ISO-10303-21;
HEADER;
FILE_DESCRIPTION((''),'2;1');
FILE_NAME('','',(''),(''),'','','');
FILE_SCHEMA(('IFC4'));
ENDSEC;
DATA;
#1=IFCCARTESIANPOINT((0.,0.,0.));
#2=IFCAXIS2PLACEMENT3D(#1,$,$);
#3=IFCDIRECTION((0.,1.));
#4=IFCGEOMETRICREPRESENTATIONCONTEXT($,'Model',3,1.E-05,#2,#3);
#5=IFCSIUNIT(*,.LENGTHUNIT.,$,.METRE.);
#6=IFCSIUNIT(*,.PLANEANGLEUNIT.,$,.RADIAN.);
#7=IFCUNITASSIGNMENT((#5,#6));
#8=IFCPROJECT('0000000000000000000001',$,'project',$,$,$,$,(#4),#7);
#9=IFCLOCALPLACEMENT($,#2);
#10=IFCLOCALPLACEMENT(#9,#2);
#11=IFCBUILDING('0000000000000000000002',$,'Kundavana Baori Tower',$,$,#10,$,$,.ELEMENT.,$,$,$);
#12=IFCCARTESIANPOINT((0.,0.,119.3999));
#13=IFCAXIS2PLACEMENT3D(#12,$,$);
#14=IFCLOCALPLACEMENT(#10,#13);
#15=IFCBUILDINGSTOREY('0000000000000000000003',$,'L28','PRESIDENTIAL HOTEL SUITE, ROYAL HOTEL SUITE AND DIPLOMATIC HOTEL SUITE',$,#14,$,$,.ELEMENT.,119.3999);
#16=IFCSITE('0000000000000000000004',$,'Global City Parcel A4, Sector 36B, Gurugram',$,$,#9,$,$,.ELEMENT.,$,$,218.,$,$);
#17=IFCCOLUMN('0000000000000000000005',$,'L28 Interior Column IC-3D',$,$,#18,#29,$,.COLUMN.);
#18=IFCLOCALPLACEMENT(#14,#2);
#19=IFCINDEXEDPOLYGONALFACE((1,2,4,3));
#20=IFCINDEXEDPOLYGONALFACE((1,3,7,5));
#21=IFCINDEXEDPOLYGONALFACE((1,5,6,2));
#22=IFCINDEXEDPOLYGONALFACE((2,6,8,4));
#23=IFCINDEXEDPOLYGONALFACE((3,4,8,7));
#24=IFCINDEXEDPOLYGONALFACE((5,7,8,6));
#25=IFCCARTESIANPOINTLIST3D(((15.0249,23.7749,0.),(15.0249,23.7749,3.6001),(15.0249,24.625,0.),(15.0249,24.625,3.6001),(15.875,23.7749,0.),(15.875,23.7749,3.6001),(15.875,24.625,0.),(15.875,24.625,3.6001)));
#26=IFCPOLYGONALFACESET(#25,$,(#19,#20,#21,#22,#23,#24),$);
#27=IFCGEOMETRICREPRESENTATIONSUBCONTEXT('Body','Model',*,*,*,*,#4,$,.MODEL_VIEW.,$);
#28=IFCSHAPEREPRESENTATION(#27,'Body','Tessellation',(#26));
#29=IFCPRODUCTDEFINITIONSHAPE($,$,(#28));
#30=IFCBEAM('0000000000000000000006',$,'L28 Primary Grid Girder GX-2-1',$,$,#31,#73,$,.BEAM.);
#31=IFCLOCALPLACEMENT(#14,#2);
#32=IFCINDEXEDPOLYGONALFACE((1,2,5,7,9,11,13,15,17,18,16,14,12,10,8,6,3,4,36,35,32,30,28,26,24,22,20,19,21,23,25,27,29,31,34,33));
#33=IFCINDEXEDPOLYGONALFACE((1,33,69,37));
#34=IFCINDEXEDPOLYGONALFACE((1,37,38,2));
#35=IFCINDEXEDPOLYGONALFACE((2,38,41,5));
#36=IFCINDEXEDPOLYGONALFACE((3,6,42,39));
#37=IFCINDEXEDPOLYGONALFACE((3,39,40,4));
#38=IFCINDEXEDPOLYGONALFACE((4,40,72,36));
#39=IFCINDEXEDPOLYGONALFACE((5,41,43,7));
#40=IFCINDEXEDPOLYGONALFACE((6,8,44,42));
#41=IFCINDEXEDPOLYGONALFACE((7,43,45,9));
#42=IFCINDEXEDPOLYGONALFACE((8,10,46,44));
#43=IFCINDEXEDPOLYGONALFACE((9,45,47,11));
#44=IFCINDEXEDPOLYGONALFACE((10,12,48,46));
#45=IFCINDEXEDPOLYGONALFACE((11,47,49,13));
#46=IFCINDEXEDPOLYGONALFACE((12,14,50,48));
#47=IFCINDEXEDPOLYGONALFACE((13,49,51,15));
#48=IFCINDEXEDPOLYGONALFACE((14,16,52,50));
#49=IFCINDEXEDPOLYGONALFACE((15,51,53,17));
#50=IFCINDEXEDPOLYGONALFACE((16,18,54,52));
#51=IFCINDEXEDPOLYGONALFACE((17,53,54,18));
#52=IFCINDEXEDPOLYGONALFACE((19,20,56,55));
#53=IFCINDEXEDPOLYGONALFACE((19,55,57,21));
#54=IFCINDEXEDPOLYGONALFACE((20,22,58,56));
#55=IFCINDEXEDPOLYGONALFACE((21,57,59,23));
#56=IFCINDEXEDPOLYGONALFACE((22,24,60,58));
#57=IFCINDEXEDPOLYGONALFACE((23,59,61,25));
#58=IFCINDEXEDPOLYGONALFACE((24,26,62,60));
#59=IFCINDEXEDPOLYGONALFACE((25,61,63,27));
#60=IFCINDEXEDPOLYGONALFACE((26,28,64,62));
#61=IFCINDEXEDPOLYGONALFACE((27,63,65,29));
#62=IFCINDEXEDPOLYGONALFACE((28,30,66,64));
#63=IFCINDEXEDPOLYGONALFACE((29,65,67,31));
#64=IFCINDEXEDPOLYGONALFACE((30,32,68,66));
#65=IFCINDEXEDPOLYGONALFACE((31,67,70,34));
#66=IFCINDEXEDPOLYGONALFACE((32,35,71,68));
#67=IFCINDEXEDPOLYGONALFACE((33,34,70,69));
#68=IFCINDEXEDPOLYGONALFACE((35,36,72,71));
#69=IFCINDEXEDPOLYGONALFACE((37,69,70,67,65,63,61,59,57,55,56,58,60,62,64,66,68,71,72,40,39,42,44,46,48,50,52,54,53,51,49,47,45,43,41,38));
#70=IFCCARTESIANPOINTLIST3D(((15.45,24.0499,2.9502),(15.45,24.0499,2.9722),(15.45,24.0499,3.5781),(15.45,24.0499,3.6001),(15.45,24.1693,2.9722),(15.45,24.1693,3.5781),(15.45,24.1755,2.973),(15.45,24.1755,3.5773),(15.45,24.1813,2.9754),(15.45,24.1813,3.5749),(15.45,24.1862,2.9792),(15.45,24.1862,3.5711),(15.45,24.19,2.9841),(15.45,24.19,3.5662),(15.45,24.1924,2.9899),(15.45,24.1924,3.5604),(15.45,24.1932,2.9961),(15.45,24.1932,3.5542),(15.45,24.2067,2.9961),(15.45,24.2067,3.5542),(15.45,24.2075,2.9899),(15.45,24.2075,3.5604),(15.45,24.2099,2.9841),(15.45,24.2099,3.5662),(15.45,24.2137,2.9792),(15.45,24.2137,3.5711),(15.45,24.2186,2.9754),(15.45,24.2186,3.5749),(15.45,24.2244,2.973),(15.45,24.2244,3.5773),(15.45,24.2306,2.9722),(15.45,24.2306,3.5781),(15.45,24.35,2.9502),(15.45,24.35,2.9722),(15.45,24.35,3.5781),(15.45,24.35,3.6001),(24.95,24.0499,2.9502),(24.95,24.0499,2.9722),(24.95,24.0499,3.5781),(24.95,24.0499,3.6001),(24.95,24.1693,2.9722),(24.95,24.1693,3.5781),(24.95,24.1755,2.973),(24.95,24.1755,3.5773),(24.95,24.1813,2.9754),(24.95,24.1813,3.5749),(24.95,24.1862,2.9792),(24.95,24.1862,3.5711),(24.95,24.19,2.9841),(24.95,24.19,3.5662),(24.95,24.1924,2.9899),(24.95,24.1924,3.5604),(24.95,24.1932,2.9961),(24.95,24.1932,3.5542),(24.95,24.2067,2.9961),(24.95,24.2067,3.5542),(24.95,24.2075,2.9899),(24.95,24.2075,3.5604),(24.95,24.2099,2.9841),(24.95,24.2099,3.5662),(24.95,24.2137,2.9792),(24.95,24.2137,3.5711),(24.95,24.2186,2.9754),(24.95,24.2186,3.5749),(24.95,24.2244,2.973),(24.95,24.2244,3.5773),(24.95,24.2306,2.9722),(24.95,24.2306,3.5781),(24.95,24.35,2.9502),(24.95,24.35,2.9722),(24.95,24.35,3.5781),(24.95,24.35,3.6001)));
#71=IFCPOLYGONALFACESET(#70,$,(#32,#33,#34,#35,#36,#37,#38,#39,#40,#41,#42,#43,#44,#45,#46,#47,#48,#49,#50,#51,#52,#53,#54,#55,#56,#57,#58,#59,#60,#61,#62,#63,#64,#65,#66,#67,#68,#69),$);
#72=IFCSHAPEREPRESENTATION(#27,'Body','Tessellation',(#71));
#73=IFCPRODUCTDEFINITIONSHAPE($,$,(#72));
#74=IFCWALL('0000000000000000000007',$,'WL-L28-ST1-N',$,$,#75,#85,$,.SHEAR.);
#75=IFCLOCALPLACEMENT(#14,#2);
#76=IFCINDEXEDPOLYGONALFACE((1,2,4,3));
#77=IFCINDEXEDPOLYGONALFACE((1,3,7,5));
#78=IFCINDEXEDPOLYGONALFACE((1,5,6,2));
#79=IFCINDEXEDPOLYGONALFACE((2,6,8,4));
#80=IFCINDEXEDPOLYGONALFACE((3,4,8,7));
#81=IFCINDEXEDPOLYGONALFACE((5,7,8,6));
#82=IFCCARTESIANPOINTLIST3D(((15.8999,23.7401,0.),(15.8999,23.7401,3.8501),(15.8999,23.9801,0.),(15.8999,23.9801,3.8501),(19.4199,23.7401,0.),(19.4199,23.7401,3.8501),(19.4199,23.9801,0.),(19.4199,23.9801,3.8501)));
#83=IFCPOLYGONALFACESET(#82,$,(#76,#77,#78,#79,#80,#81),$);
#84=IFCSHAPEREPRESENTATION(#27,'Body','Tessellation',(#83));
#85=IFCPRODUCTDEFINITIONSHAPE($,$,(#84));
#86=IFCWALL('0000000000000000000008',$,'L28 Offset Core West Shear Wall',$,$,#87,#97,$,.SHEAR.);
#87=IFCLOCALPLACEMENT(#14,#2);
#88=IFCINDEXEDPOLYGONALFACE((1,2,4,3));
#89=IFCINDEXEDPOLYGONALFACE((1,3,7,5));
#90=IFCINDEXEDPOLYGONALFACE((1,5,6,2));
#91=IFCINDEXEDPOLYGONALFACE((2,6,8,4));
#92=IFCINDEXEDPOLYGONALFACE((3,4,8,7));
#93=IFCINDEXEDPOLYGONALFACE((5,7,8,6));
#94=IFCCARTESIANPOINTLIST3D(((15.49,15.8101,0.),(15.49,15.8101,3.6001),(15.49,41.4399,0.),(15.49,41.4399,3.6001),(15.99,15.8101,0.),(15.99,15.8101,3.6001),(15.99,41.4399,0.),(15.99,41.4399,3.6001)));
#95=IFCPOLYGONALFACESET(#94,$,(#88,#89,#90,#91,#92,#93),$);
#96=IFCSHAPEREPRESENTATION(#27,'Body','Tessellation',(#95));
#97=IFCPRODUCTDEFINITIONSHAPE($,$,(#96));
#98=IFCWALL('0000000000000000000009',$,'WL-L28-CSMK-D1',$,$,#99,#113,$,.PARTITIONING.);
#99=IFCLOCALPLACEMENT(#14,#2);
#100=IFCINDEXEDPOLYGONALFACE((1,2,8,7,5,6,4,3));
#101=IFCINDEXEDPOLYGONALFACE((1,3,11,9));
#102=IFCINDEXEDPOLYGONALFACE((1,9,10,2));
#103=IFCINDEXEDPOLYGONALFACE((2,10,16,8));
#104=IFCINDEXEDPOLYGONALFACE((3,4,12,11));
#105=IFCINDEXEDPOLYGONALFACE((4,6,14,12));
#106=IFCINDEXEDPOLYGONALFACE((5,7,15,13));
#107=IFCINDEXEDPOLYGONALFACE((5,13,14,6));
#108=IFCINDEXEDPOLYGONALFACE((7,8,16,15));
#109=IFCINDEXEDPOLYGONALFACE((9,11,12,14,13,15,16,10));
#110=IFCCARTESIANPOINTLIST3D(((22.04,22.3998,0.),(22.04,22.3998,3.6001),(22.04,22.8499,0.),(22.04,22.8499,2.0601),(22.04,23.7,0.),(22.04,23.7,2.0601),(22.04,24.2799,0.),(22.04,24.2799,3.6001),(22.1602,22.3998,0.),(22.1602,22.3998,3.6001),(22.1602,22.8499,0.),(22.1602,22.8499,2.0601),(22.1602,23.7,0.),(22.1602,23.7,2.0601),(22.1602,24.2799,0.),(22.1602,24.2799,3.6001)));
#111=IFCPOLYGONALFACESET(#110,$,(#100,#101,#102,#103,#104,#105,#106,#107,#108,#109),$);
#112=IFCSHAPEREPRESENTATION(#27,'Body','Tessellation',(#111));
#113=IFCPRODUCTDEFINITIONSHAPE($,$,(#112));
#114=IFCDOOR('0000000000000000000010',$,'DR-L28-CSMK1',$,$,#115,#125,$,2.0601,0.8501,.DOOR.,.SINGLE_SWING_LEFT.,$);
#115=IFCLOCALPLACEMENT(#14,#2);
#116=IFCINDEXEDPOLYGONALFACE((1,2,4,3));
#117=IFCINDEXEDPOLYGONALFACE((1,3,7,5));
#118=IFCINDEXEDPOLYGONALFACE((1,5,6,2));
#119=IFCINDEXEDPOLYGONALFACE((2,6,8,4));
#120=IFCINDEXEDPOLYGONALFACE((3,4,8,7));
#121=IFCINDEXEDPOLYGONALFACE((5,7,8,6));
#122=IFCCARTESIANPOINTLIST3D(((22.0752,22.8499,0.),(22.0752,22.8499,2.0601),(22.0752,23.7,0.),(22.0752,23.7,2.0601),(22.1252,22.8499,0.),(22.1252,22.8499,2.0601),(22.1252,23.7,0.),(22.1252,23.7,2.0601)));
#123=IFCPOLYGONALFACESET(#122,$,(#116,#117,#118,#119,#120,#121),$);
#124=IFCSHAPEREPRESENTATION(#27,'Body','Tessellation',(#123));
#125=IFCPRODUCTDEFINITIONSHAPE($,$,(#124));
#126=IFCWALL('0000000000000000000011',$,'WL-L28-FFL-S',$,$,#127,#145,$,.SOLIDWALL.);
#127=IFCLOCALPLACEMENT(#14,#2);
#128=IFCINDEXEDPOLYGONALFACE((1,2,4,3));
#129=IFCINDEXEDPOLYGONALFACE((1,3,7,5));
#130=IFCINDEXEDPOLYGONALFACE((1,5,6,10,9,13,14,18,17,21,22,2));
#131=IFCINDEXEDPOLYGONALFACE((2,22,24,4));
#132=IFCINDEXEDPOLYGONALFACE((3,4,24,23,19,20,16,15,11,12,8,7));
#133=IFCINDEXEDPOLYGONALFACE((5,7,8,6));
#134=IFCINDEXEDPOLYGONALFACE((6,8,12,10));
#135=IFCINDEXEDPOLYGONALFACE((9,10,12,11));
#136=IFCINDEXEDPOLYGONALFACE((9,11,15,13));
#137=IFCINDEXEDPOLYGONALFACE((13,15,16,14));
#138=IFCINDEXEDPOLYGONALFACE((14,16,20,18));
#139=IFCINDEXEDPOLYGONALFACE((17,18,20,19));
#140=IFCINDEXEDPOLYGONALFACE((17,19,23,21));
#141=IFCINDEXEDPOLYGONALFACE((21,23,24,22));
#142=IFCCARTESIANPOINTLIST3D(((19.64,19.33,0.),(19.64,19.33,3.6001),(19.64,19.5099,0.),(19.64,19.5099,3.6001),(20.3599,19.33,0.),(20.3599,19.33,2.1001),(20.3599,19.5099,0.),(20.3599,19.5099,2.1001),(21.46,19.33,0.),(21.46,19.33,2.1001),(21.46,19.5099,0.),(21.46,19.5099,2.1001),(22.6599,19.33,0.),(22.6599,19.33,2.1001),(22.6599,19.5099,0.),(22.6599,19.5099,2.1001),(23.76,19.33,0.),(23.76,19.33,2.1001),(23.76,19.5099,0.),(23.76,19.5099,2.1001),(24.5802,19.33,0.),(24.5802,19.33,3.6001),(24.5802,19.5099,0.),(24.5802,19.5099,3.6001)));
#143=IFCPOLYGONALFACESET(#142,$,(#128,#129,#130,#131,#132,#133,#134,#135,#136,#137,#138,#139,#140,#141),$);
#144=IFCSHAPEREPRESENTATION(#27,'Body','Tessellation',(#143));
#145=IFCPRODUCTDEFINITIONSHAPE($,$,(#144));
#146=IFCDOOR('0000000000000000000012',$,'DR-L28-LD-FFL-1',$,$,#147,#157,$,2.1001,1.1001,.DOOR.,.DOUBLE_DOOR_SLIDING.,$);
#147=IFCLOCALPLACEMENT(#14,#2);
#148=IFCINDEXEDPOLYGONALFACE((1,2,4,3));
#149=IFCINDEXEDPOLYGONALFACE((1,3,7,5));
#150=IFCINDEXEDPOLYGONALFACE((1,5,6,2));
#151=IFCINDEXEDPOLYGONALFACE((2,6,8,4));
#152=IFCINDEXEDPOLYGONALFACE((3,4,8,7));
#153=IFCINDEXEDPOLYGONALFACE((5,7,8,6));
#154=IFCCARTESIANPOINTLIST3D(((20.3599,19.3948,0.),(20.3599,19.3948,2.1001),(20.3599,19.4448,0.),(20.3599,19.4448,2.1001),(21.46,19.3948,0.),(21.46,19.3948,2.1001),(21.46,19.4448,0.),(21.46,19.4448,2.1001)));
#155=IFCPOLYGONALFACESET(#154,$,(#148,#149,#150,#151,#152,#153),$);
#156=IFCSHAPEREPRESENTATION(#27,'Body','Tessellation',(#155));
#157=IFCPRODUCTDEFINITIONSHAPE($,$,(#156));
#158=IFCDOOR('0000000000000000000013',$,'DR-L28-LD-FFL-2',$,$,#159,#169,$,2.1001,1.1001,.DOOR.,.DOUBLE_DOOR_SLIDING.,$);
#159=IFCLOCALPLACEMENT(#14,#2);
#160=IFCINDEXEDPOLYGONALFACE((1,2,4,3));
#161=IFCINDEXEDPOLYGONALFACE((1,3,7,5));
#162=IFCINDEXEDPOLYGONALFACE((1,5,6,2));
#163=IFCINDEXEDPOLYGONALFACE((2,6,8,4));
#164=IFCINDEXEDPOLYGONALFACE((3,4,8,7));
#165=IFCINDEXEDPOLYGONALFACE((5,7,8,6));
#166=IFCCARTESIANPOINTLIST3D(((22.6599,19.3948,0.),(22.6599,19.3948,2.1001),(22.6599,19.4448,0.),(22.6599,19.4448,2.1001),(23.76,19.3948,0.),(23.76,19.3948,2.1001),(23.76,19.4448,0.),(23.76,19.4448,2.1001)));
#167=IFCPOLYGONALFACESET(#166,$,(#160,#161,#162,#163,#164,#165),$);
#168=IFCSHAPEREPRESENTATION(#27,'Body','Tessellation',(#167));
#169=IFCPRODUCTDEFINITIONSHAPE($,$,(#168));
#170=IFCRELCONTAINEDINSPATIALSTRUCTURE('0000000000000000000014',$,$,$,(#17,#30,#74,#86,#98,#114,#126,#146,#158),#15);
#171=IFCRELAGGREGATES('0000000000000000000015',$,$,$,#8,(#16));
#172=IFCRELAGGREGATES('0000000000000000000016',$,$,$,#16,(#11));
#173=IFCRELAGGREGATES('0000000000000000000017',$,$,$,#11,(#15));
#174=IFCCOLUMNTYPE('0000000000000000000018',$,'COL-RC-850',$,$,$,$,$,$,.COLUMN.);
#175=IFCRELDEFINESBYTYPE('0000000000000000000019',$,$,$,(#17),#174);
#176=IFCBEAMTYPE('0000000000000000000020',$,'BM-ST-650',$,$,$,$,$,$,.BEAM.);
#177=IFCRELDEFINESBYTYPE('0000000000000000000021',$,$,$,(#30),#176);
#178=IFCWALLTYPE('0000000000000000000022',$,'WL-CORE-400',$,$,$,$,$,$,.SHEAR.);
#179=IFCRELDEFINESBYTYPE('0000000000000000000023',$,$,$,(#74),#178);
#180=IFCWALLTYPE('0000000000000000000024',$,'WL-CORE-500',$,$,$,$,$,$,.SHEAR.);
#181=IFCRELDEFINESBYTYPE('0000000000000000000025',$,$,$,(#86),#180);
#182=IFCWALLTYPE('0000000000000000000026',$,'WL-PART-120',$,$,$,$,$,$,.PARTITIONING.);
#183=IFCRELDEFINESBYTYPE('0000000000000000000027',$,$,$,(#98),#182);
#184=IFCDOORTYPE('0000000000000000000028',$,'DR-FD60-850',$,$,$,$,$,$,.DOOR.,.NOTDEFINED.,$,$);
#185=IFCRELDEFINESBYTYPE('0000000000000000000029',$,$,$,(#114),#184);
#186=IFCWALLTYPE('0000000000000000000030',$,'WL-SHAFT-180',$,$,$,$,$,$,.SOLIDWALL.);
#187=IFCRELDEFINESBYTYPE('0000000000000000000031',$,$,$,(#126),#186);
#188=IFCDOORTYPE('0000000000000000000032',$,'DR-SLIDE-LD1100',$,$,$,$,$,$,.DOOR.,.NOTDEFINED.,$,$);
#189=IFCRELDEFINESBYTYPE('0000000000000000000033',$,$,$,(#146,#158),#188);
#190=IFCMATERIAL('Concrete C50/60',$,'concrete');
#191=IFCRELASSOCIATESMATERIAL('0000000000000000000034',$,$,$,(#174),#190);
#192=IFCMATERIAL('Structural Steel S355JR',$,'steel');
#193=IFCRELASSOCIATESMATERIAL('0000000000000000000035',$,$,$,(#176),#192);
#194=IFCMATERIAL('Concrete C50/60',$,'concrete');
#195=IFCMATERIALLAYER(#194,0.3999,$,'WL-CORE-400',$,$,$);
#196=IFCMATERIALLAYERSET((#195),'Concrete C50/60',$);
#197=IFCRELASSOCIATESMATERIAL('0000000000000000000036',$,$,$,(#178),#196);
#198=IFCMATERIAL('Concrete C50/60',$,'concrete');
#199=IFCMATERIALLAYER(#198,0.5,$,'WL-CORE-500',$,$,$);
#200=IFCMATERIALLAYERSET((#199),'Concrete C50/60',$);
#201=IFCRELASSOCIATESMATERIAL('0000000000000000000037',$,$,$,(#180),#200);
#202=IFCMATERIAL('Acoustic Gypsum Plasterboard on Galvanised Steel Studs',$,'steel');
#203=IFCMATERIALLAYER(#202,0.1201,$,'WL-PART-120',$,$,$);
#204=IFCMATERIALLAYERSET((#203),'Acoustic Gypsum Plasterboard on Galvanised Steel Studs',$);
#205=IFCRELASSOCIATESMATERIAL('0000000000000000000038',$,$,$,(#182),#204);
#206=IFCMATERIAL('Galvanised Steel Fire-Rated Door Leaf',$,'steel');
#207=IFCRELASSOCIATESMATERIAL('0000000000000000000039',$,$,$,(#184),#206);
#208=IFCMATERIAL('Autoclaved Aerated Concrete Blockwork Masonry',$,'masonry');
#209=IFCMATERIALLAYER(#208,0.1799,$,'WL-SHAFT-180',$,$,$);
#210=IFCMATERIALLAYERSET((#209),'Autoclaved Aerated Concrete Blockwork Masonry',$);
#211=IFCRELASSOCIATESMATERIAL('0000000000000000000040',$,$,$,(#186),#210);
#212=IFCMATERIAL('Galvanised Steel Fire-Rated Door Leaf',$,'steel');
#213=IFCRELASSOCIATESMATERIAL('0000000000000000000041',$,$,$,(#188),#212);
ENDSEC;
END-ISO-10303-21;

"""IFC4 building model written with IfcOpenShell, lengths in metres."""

from ifc_helpers import new_model, si_unit, direction, frame, frame_2d, origin, origin_2d, place, context, subcontext, project, spatial, rectangle, i_section, extrude, material, layer, layer_set, material_profile, profile_set, type_object, element, fill, save


model = new_model("IFC4")

# Units and contexts
model_context = context("Model", 3, precision=1e-05, world=origin(), true_north=direction((0.0, 1.0)))
body_context = subcontext(model_context, "Body", "Model", "MODEL_VIEW")
ifc_project = project(units=[si_unit("LENGTHUNIT", "METRE"), si_unit("PLANEANGLEUNIT", "RADIAN")], contexts=[model_context])

# Site, building, storey
site_placement = place(None, origin())
site = spatial("IfcSite", under=ifc_project, at=site_placement, Name="Global City Parcel A4, Sector 36B, Gurugram", CompositionType="ELEMENT", RefElevation=218.0)
building_placement = place(site_placement, origin())
building = spatial("IfcBuilding", under=site, at=building_placement, Name="Kundavana Baori Tower", CompositionType="ELEMENT")
storey_placement = place(building_placement, frame((0.0, 0.0, 119.3999)))
storey = spatial("IfcBuildingStorey", under=building, at=storey_placement, Name="L28", Description="PRESIDENTIAL HOTEL SUITE, ROYAL HOTEL SUITE AND DIPLOMATIC HOTEL SUITE", CompositionType="ELEMENT", Elevation=119.3999)

# Column
ifc_material_1 = material(Name="Concrete C50/60", Category="concrete")
ifc_material_profile_1 = material_profile(ifc_material_1, rectangle(XDim=0.8501, YDim=0.8501, at=origin_2d()), Name="RC 850x850")
ifc_profile_set_1 = profile_set([ifc_material_profile_1], Name="Concrete C50/60")
column_type = type_object("IfcColumnType", Name="COL-RC-850", PredefinedType="COLUMN", material=ifc_profile_set_1)
column_placement = place(storey_placement, frame((15.45, 24.2, 0.0), z_axis=(0.0, 0.0, 1.0), x_axis=(1.0, 0.0, 0.0)))
element("IfcColumn", 1, at=column_placement, inside=storey, type_object=column_type, Name="L28 Interior Column IC-3D", PredefinedType="COLUMN", context=body_context, shape_type="SweptSolid", body=[
    extrude(rectangle(XDim=0.8501, YDim=0.8501, at=origin_2d()), origin(), (0.0, 0.0, 1.0), 3.6001),
])

# Beam
ifc_material_2 = material(Name="Structural Steel S355JR", Category="steel")
ifc_material_profile_2 = material_profile(ifc_material_2, i_section(OverallWidth=0.3, OverallDepth=0.6499, WebThickness=0.0134, FlangeThickness=0.022, FilletRadius=0.0239, at=origin_2d()), Name="NPB 650x300x155")
ifc_profile_set_2 = profile_set([ifc_material_profile_2], Name="Structural Steel S355JR")
beam_type = type_object("IfcBeamType", Name="BM-ST-650", PredefinedType="BEAM", material=ifc_profile_set_2)
beam_placement = place(storey_placement, frame((15.45, 24.2, 3.2751), z_axis=(1.0, 0.0, 0.0), x_axis=(0.0, 1.0, 0.0)))
element("IfcBeam", 2, at=beam_placement, inside=storey, type_object=beam_type, Name="L28 Primary Grid Girder GX-2-1", PredefinedType="BEAM", context=body_context, shape_type="SweptSolid", body=[
    extrude(i_section(OverallWidth=0.3, OverallDepth=0.6499, WebThickness=0.0134, FlangeThickness=0.022, FilletRadius=0.0239, at=origin_2d()), origin(), (0.0, 0.0, 1.0), 9.5),
])

# Walls
ifc_material_3 = material(Name="Concrete C50/60", Category="concrete")
ifc_layer_1 = layer(ifc_material_3, 0.3999, Name="WL-CORE-400")
ifc_layer_set_1 = layer_set([ifc_layer_1], Name="Concrete C50/60")
wall_type_1 = type_object("IfcWallType", Name="WL-CORE-400", PredefinedType="SHEAR", material=ifc_layer_set_1)
wall_1_placement = place(storey_placement, frame((15.8999, 23.8601, 0.0), z_axis=(0.0, 0.0, 1.0), x_axis=(1.0, 0.0, 0.0)))
element("IfcWall", 3, at=wall_1_placement, inside=storey, type_object=wall_type_1, Name="WL-L28-ST1-N", PredefinedType="SHEAR", context=body_context, shape_type="SweptSolid", body=[
    extrude(rectangle(XDim=3.52, YDim=0.24, at=frame_2d((1.76, 0.0))), origin(), (0.0, 0.0, 1.0), 3.8501),
])
ifc_material_4 = material(Name="Concrete C50/60", Category="concrete")
ifc_layer_2 = layer(ifc_material_4, 0.5, Name="WL-CORE-500")
ifc_layer_set_2 = layer_set([ifc_layer_2], Name="Concrete C50/60")
wall_type_2 = type_object("IfcWallType", Name="WL-CORE-500", PredefinedType="SHEAR", material=ifc_layer_set_2)
wall_2_placement = place(storey_placement, frame((15.74, 15.8101, 0.0), z_axis=(0.0, 0.0, 1.0), x_axis=(0.0, 1.0, 0.0)))
element("IfcWall", 4, at=wall_2_placement, inside=storey, type_object=wall_type_2, Name="L28 Offset Core West Shear Wall", PredefinedType="SHEAR", context=body_context, shape_type="SweptSolid", body=[
    extrude(rectangle(XDim=25.6299, YDim=0.5, at=frame_2d((12.8149, 0.0))), origin(), (0.0, 0.0, 1.0), 3.6001),
])

# Wall, opening, door
ifc_material_5 = material(Name="Acoustic Gypsum Plasterboard on Galvanised Steel Studs", Category="steel")
ifc_layer_3 = layer(ifc_material_5, 0.1201, Name="WL-PART-120")
ifc_layer_set_3 = layer_set([ifc_layer_3], Name="Acoustic Gypsum Plasterboard on Galvanised Steel Studs")
wall_type_3 = type_object("IfcWallType", Name="WL-PART-120", PredefinedType="PARTITIONING", material=ifc_layer_set_3)
wall_3_placement = place(storey_placement, frame((22.1001, 22.3999, 0.0), z_axis=(0.0, 0.0, 1.0), x_axis=(0.0, 1.0, 0.0)))
wall_3 = element("IfcWall", 5, at=wall_3_placement, inside=storey, type_object=wall_type_3, Name="WL-L28-CSMK-D1", PredefinedType="PARTITIONING", context=body_context, shape_type="SweptSolid", body=[
    extrude(rectangle(XDim=1.8801, YDim=0.1201, at=frame_2d((0.9399, 0.0))), origin(), (0.0, 0.0, 1.0), 3.6001),
])
opening_1_placement = place(wall_3_placement, frame((0.45, 0.0, 0.0)))
opening_1 = element("IfcOpeningElement", 6, at=opening_1_placement, cuts=wall_3, PredefinedType="OPENING", context=body_context, shape_type="SweptSolid", body=[
    extrude(rectangle(XDim=0.8501, YDim=2.0601, at=frame_2d((0.425, 1.03))), frame((0.0, 0.0701, 0.0), z_axis=(0.0, -1.0, 0.0), x_axis=(1.0, 0.0, 0.0)), (0.0, 0.0, 1.0), 0.1401),
])
ifc_material_6 = material(Name="Galvanised Steel Fire-Rated Door Leaf", Category="steel")
door_type_1 = type_object("IfcDoorType", Name="DR-FD60-850", OperationType="NOTDEFINED", PredefinedType="DOOR", material=ifc_material_6)
door_1_placement = place(opening_1_placement, origin())
door_1 = element("IfcDoor", 7, at=door_1_placement, inside=storey, type_object=door_type_1, Name="DR-L28-CSMK1", OperationType="SINGLE_SWING_LEFT", OverallHeight=2.0601, OverallWidth=0.8501, PredefinedType="DOOR", context=body_context, shape_type="SweptSolid", body=[
    extrude(rectangle(XDim=0.8501, YDim=2.0601, at=frame_2d((0.425, 1.03))), frame((0.0, 0.0249, 0.0), z_axis=(0.0, -1.0, 0.0), x_axis=(1.0, 0.0, 0.0)), (0.0, 0.0, 1.0), 0.05),
])
fill(opening_1, door_1)

# Wall, openings, doors
ifc_material_7 = material(Name="Autoclaved Aerated Concrete Blockwork Masonry", Category="masonry")
ifc_layer_4 = layer(ifc_material_7, 0.1799, Name="WL-SHAFT-180")
ifc_layer_set_4 = layer_set([ifc_layer_4], Name="Autoclaved Aerated Concrete Blockwork Masonry")
wall_type_4 = type_object("IfcWallType", Name="WL-SHAFT-180", PredefinedType="SOLIDWALL", material=ifc_layer_set_4)
wall_4_placement = place(storey_placement, frame((19.6399, 19.4199, 0.0), z_axis=(0.0, 0.0, 1.0), x_axis=(1.0, 0.0, 0.0)))
wall_4 = element("IfcWall", 8, at=wall_4_placement, inside=storey, type_object=wall_type_4, Name="WL-L28-FFL-S", PredefinedType="SOLIDWALL", context=body_context, shape_type="SweptSolid", body=[
    extrude(rectangle(XDim=4.9402, YDim=0.1799, at=frame_2d((2.4702, 0.0))), origin(), (0.0, 0.0, 1.0), 3.6001),
])
opening_2_placement = place(wall_4_placement, frame((0.72, 0.0, 0.0)))
opening_2 = element("IfcOpeningElement", 9, at=opening_2_placement, cuts=wall_4, PredefinedType="OPENING", context=body_context, shape_type="SweptSolid", body=[
    extrude(rectangle(XDim=1.1001, YDim=2.1001, at=frame_2d((0.55, 1.05))), frame((0.0, 0.1001, 0.0), z_axis=(0.0, -1.0, 0.0), x_axis=(1.0, 0.0, 0.0)), (0.0, 0.0, 1.0), 0.2),
])
opening_3_placement = place(wall_4_placement, frame((3.02, 0.0, 0.0)))
opening_3 = element("IfcOpeningElement", 10, at=opening_3_placement, cuts=wall_4, PredefinedType="OPENING", context=body_context, shape_type="SweptSolid", body=[
    extrude(rectangle(XDim=1.1001, YDim=2.1001, at=frame_2d((0.55, 1.05))), frame((0.0, 0.1001, 0.0), z_axis=(0.0, -1.0, 0.0), x_axis=(1.0, 0.0, 0.0)), (0.0, 0.0, 1.0), 0.2),
])
ifc_material_8 = material(Name="Galvanised Steel Fire-Rated Door Leaf", Category="steel")
door_type_2 = type_object("IfcDoorType", Name="DR-SLIDE-LD1100", OperationType="NOTDEFINED", PredefinedType="DOOR", material=ifc_material_8)
door_2_placement = place(opening_2_placement, origin())
door_2 = element("IfcDoor", 11, at=door_2_placement, inside=storey, type_object=door_type_2, Name="DR-L28-LD-FFL-1", OperationType="DOUBLE_DOOR_SLIDING", OverallHeight=2.1001, OverallWidth=1.1001, PredefinedType="DOOR", context=body_context, shape_type="SweptSolid", body=[
    extrude(rectangle(XDim=1.1001, YDim=2.1001, at=frame_2d((0.55, 1.05))), frame((0.0, 0.0249, 0.0), z_axis=(0.0, -1.0, 0.0), x_axis=(1.0, 0.0, 0.0)), (0.0, 0.0, 1.0), 0.05),
])
fill(opening_2, door_2)
door_3_placement = place(opening_3_placement, origin())
door_3 = element("IfcDoor", 12, at=door_3_placement, inside=storey, type_object=door_type_2, Name="DR-L28-LD-FFL-2", OperationType="DOUBLE_DOOR_SLIDING", OverallHeight=2.1001, OverallWidth=1.1001, PredefinedType="DOOR", context=body_context, shape_type="SweptSolid", body=[
    extrude(rectangle(XDim=1.1001, YDim=2.1001, at=frame_2d((0.55, 1.05))), frame((0.0, 0.0249, 0.0), z_axis=(0.0, -1.0, 0.0), x_axis=(1.0, 0.0, 0.0)), (0.0, 0.0, 1.0), 0.05),
])
fill(opening_3, door_3)

save(model, "model.ifc")
